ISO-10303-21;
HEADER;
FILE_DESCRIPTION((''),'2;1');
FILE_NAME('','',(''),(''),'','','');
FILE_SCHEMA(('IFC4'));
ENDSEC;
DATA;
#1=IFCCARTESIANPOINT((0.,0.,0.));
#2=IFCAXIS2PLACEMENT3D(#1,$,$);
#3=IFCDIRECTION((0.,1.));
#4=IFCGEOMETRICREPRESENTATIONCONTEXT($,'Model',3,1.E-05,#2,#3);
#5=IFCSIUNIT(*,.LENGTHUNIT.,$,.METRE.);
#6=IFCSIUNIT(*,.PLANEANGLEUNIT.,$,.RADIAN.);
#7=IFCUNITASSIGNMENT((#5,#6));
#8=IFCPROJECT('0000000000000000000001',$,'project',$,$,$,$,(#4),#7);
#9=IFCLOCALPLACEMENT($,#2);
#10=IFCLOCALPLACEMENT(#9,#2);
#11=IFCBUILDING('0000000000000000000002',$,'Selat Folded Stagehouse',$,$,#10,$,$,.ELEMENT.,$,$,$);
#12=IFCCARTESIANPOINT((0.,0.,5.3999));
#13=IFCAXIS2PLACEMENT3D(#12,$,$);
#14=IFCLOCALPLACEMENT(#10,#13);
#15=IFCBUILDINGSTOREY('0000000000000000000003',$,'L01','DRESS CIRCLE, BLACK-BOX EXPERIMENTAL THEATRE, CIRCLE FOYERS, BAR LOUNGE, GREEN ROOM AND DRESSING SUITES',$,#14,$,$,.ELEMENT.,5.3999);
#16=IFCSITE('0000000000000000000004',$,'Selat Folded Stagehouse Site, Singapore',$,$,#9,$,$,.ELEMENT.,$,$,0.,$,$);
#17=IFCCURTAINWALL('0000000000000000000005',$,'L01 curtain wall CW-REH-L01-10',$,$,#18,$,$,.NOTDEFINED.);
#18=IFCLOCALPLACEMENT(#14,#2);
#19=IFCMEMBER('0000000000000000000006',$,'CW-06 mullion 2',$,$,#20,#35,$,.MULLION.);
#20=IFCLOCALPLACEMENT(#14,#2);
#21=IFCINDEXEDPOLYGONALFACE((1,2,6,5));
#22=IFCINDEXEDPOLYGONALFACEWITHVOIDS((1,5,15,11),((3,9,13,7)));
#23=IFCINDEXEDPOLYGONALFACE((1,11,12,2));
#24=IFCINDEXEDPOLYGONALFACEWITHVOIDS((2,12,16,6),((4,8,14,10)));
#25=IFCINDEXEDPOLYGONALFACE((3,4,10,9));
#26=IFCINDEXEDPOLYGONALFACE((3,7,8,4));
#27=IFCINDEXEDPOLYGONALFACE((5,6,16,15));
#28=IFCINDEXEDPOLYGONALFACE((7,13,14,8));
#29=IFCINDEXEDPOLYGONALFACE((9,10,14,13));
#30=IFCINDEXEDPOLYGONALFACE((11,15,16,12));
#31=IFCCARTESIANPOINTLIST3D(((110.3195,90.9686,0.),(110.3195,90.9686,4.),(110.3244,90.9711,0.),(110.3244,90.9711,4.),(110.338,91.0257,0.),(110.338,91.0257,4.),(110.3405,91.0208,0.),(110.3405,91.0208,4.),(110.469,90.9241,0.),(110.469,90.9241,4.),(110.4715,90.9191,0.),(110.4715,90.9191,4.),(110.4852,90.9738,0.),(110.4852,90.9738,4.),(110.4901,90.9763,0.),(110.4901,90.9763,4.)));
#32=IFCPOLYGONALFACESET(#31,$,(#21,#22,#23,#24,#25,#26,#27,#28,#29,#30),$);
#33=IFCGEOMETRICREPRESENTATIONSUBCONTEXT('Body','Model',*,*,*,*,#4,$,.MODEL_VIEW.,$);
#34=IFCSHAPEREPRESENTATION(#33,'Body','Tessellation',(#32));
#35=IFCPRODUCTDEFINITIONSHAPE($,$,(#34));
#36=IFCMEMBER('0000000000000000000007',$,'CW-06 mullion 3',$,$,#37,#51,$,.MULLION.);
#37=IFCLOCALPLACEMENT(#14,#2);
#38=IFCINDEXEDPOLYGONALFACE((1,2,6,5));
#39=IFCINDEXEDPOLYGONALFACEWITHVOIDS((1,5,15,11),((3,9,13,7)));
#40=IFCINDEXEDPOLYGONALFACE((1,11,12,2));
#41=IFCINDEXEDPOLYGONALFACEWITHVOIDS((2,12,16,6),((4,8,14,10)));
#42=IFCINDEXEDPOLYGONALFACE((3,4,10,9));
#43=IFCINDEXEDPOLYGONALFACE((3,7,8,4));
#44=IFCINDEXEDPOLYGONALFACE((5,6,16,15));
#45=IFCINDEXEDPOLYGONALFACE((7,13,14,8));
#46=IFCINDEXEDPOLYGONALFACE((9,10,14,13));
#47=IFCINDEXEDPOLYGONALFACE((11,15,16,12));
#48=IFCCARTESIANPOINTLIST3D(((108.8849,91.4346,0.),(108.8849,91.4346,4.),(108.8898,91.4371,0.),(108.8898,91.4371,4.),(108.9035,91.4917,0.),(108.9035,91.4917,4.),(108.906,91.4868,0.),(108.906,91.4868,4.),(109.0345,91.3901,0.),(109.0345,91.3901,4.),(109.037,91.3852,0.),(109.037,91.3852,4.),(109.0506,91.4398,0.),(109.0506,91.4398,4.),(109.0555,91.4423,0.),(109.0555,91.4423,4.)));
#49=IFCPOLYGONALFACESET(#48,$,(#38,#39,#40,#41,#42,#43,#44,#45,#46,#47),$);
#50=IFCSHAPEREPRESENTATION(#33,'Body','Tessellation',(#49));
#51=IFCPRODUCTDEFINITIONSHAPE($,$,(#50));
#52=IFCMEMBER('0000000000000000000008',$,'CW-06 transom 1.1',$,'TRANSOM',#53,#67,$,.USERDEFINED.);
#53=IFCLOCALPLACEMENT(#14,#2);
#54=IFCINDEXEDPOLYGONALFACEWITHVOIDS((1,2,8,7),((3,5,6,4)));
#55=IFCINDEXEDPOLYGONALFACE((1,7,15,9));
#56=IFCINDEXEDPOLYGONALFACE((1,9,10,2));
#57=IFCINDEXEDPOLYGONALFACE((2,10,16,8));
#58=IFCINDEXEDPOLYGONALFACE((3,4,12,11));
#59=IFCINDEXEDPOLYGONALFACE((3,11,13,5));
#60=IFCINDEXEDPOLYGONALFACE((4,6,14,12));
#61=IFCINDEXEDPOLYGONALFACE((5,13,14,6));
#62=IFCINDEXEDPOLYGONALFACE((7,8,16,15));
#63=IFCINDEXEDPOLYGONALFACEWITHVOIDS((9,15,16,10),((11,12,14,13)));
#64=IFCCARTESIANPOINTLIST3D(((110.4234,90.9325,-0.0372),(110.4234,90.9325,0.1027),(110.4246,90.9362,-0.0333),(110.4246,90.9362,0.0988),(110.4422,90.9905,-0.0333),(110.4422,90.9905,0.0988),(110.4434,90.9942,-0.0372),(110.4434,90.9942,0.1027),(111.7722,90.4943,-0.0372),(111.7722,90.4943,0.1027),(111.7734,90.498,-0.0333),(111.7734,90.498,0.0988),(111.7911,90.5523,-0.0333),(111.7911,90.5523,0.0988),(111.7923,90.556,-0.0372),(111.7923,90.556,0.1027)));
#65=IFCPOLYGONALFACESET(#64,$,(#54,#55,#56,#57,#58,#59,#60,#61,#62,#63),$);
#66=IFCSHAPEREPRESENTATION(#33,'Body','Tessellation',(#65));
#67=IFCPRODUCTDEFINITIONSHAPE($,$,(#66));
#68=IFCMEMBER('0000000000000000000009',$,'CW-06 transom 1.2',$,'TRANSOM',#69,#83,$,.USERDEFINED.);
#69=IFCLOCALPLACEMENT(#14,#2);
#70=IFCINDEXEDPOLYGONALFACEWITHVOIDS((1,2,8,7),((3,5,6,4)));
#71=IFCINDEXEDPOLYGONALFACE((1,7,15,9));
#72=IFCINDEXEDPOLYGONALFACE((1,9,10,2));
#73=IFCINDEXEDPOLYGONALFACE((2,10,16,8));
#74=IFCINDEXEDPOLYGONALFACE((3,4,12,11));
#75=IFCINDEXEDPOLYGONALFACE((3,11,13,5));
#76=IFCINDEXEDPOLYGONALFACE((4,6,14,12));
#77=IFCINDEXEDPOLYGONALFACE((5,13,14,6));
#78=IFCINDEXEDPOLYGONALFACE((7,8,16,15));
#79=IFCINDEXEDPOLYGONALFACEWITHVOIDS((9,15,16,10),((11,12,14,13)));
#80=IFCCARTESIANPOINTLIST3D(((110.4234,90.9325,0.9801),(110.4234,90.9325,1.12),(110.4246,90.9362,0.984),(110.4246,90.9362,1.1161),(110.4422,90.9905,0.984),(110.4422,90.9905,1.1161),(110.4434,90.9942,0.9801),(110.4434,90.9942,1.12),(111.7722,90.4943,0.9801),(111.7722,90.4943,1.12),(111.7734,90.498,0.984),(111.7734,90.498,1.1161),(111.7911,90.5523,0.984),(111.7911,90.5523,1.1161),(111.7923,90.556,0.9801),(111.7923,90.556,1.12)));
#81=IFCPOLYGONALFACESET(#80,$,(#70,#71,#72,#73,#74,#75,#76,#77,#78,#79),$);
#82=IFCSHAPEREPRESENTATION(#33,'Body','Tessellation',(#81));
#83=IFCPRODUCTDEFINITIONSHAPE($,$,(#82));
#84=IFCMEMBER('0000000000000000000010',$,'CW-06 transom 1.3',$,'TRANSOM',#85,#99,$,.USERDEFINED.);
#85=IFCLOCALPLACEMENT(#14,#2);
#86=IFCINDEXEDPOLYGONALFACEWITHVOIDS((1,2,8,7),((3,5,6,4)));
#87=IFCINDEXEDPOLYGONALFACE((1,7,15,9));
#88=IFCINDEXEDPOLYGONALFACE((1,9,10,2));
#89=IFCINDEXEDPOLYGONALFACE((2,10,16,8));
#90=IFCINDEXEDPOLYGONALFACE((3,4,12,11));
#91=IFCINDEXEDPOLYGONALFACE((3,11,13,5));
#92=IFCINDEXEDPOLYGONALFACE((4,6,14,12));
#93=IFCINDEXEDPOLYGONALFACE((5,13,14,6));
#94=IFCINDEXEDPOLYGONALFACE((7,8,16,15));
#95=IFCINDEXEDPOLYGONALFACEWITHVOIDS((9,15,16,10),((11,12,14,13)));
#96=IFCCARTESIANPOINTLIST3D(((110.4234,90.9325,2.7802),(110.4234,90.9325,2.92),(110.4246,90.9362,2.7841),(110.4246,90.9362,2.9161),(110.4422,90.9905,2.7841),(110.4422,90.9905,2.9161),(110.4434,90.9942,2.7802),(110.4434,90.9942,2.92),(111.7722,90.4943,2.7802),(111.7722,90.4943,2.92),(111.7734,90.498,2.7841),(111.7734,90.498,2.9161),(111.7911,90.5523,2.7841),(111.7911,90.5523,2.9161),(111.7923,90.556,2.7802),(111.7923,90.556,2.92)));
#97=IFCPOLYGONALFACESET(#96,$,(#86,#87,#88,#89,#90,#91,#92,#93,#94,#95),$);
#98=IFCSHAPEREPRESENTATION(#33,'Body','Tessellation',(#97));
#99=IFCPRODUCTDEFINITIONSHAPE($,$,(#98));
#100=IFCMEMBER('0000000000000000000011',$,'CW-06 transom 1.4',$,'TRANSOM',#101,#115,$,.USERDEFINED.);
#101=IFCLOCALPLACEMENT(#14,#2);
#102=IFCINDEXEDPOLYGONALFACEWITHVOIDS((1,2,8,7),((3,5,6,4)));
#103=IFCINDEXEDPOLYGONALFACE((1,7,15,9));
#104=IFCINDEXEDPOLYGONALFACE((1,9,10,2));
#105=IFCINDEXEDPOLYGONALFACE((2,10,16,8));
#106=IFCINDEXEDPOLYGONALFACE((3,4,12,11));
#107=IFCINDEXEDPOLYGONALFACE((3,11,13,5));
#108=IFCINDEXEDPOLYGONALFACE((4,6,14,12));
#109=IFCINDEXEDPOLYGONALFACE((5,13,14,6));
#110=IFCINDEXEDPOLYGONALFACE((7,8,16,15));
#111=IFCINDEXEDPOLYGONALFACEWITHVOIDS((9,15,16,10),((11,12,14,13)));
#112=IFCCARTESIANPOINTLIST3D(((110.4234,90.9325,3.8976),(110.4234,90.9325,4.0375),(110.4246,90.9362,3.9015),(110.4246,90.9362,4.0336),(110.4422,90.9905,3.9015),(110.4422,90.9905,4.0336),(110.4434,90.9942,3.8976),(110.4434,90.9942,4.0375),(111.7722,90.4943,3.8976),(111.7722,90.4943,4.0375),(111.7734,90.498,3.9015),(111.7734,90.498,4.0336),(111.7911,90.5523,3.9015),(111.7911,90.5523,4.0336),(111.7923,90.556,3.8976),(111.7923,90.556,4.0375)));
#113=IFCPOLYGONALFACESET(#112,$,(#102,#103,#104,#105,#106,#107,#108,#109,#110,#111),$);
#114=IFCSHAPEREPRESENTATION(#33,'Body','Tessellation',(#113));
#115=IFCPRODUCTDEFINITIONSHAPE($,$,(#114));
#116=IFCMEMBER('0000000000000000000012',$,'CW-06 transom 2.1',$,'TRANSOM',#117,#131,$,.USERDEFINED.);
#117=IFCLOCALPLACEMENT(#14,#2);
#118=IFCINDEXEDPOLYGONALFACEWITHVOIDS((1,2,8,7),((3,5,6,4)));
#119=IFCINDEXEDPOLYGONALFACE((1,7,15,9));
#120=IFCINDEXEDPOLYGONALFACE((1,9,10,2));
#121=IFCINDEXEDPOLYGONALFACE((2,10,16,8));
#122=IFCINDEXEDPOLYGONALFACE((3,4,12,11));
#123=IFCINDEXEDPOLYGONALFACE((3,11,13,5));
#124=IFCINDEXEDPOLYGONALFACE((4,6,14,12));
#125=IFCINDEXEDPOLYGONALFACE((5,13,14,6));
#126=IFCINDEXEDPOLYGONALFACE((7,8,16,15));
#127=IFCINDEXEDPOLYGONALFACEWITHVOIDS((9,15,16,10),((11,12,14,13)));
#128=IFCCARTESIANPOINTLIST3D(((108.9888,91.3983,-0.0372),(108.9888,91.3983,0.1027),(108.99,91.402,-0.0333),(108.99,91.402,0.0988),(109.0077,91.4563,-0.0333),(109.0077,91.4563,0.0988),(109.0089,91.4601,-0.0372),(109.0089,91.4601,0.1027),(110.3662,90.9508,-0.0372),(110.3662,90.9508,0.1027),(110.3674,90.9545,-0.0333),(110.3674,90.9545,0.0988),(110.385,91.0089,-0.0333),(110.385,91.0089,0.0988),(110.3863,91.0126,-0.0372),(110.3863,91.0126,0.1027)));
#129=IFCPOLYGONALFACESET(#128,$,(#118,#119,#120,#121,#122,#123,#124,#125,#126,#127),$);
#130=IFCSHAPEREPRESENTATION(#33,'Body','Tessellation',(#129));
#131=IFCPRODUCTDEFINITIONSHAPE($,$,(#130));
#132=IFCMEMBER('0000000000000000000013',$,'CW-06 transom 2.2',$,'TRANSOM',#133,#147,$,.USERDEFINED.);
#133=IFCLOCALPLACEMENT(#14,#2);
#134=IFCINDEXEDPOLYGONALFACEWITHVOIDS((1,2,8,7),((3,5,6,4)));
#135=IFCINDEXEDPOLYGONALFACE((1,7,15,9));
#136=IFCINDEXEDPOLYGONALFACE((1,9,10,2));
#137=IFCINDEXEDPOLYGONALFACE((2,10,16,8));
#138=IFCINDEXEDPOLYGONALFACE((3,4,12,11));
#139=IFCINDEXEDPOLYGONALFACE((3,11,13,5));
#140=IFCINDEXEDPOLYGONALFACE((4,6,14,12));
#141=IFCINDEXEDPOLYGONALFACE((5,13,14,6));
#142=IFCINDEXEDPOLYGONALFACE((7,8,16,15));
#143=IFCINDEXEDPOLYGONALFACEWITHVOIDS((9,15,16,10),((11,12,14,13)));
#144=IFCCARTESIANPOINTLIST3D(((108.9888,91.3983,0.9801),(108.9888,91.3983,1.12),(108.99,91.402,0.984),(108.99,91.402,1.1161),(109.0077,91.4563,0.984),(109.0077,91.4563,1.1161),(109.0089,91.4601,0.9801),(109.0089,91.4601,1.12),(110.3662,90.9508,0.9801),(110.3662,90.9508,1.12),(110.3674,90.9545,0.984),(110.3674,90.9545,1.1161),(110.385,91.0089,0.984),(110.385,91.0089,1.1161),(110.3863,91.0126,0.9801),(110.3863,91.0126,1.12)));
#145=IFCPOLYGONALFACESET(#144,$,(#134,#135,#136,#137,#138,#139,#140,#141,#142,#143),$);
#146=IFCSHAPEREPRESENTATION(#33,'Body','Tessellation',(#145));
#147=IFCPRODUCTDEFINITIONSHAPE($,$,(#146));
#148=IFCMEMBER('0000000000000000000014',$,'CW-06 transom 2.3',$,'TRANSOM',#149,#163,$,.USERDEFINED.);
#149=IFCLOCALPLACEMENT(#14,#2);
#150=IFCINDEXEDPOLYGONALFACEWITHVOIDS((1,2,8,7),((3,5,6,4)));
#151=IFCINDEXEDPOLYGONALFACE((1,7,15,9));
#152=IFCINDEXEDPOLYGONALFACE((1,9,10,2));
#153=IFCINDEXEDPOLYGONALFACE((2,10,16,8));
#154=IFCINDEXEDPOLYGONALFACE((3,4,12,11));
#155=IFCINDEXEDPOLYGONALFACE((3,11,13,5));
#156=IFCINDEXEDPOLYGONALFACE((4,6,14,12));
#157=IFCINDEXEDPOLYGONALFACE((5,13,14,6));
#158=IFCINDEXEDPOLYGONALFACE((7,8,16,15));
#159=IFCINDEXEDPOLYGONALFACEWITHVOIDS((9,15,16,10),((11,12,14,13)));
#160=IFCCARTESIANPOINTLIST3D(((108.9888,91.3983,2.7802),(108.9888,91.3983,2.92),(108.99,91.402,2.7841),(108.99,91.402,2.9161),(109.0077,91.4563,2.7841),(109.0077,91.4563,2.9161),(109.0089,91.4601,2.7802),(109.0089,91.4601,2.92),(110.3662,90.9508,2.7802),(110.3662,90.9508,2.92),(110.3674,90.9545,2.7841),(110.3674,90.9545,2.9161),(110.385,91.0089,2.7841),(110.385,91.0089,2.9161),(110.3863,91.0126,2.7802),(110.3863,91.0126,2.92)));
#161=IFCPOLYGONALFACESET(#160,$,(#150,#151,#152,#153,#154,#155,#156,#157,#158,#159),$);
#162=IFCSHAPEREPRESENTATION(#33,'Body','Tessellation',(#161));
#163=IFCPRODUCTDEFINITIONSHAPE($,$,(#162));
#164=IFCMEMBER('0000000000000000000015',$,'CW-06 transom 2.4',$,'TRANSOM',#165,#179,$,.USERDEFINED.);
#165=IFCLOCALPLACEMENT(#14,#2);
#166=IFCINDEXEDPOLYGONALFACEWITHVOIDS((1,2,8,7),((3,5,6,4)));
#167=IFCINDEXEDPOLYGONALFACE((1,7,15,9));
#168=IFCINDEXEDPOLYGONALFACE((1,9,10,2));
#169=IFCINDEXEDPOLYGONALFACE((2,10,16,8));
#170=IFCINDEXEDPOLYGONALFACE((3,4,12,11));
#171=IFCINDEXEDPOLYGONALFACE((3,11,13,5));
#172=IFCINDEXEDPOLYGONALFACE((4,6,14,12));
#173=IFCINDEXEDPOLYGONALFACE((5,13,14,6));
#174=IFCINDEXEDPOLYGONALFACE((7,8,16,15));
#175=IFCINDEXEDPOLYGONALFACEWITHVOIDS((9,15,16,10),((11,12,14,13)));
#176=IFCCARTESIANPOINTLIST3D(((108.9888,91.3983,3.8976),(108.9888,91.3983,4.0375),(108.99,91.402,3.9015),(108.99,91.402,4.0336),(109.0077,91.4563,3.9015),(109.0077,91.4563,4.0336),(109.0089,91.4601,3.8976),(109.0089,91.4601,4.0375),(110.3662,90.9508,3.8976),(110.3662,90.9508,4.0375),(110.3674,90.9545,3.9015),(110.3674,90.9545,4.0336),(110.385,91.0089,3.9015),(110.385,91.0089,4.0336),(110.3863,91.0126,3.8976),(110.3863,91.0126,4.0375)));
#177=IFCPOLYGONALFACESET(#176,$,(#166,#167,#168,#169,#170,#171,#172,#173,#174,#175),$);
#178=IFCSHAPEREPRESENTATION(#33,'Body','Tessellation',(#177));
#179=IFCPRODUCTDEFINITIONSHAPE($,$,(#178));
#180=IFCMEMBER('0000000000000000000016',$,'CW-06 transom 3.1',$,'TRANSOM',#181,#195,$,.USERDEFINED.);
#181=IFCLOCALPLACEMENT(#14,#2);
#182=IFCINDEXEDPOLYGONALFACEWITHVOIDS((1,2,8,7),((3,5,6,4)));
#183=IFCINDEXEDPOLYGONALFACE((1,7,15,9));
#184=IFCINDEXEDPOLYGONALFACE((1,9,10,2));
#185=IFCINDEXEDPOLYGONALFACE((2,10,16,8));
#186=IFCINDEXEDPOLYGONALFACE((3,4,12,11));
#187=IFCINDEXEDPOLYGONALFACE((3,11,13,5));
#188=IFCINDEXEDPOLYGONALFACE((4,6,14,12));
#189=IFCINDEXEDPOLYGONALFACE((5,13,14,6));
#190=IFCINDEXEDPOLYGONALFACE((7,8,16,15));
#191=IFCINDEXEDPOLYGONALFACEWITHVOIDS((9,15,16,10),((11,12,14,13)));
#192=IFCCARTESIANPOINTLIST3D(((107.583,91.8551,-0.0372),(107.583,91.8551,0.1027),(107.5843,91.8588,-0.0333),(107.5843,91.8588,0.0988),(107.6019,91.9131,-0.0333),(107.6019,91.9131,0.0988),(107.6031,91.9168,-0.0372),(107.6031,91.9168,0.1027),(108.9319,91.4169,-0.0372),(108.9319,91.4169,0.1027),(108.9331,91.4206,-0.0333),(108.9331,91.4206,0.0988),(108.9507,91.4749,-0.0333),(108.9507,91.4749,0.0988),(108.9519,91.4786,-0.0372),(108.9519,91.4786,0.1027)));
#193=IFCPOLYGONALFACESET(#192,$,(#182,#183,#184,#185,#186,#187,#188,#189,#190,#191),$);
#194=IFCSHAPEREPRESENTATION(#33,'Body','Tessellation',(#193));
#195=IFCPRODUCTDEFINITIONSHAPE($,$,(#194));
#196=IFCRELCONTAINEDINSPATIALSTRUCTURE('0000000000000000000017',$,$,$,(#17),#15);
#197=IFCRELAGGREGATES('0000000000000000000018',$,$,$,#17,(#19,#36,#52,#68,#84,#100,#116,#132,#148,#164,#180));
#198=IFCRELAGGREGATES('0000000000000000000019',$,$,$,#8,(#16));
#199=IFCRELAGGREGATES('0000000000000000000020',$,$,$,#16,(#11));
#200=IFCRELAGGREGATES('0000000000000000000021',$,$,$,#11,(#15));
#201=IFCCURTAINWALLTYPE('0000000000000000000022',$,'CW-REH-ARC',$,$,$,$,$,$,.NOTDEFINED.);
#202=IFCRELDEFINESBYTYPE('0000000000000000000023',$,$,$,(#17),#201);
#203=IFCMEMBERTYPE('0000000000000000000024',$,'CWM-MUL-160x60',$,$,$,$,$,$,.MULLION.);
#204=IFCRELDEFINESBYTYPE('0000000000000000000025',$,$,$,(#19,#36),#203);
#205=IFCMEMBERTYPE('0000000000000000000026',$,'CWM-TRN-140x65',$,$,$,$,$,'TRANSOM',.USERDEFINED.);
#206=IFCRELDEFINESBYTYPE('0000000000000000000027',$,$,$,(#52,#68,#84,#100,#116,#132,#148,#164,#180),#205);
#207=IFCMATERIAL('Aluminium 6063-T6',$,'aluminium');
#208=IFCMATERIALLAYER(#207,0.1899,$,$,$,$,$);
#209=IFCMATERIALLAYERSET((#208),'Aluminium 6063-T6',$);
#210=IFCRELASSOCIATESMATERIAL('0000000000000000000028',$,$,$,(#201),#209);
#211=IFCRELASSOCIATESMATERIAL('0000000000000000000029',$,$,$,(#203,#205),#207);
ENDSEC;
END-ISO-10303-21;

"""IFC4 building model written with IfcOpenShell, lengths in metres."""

from ifc_helpers import new_model, si_unit, direction, frame, origin, origin_2d, place, context, subcontext, project, spatial, hollow_rectangle, extrude, material, layer, layer_set, material_profile, profile_set, type_object, element, aggregate, save


model = new_model("IFC4")

# Units and contexts
model_context = context("Model", 3, precision=1e-05, world=origin(), true_north=direction((0.0, 1.0)))
body_context = subcontext(model_context, "Body", "Model", "MODEL_VIEW")
ifc_project = project(units=[si_unit("LENGTHUNIT", "METRE"), si_unit("PLANEANGLEUNIT", "RADIAN")], contexts=[model_context])

# Site, building, storey
site_placement = place(None, origin())
site = spatial("IfcSite", under=ifc_project, at=site_placement, Name="Selat Folded Stagehouse Site, Singapore", CompositionType="ELEMENT", RefElevation=0.0)
building_placement = place(site_placement, origin())
building = spatial("IfcBuilding", under=site, at=building_placement, Name="Selat Folded Stagehouse", CompositionType="ELEMENT")
storey_placement = place(building_placement, frame((0.0, 0.0, 5.3999)))
storey = spatial("IfcBuildingStorey", under=building, at=storey_placement, Name="L01", Description="DRESS CIRCLE, BLACK-BOX EXPERIMENTAL THEATRE, CIRCLE FOYERS, BAR LOUNGE, GREEN ROOM AND DRESSING SUITES", CompositionType="ELEMENT", Elevation=5.3999)

# Curtain wall, members
ifc_material_1 = material(Name="Aluminium 6063-T6", Category="aluminium")
ifc_layer_1 = layer(ifc_material_1, 0.1899)
ifc_layer_set_1 = layer_set([ifc_layer_1], Name="Aluminium 6063-T6")
curtain_wall_type = type_object("IfcCurtainWallType", Name="CW-REH-ARC", PredefinedType="NOTDEFINED", material=ifc_layer_set_1)
curtain_wall_placement = place(storey_placement, origin())
curtain_wall = element("IfcCurtainWall", 1, at=curtain_wall_placement, inside=storey, type_object=curtain_wall_type, Name="L01 curtain wall CW-REH-L01-10", PredefinedType="NOTDEFINED")
ifc_material_profile_1 = material_profile(ifc_material_1, hollow_rectangle(XDim=0.0601, YDim=0.1599, WallThickness=0.0039, at=origin_2d()), Name="ALU 160x60x4.0")
ifc_profile_set_1 = profile_set([ifc_material_profile_1], Name="Aluminium 6063-T6")
member_type_1 = type_object("IfcMemberType", Name="CWM-MUL-160x60", PredefinedType="MULLION", material=ifc_profile_set_1)
member_1_placement = place(storey_placement, frame((110.4048, 90.9724, 0.0), z_axis=(0.0, 0.0, 1.0), x_axis=(-0.308992, -0.951065, 0.0)))
member_1 = element("IfcMember", 2, at=member_1_placement, type_object=member_type_1, Name="CW-06 mullion 2", PredefinedType="MULLION", context=body_context, shape_type="SweptSolid", body=[
    extrude(hollow_rectangle(XDim=0.0601, YDim=0.1599, WallThickness=0.0039, at=origin_2d()), origin(), (0.0, 0.0, 1.0), 4.0),
])
member_2_placement = place(storey_placement, frame((108.9702, 91.4385, 0.0), z_axis=(0.0, 0.0, 1.0), x_axis=(-0.308992, -0.951065, 0.0)))
member_2 = element("IfcMember", 3, at=member_2_placement, type_object=member_type_1, Name="CW-06 mullion 3", PredefinedType="MULLION", context=body_context, shape_type="SweptSolid", body=[
    extrude(hollow_rectangle(XDim=0.0601, YDim=0.1599, WallThickness=0.0039, at=origin_2d()), origin(), (0.0, 0.0, 1.0), 4.0),
])
ifc_material_profile_2 = material_profile(ifc_material_1, hollow_rectangle(XDim=0.0649, YDim=0.1399, WallThickness=0.0039, at=origin_2d()), Name="ALU 140x65x4.0")
ifc_profile_set_2 = profile_set([ifc_material_profile_2], Name="Aluminium 6063-T6")
member_type_2 = type_object("IfcMemberType", Name="CWM-TRN-140x65", ElementType="TRANSOM", PredefinedType="USERDEFINED", material=ifc_profile_set_2)
member_3_placement = place(storey_placement, frame((111.7822, 90.5251, 0.0327), z_axis=(-0.951066, 0.308989, 0.0), x_axis=(-0.308989, -0.951066, 0.0)))
member_3 = element("IfcMember", 4, at=member_3_placement, type_object=member_type_2, Name="CW-06 transom 1.1", ObjectType="TRANSOM", PredefinedType="USERDEFINED", context=body_context, shape_type="SweptSolid", body=[
    extrude(hollow_rectangle(XDim=0.0649, YDim=0.1399, WallThickness=0.0039, at=origin_2d()), origin(), (0.0, 0.0, 1.0), 1.4182),
])
member_4_placement = place(storey_placement, frame((111.7822, 90.5251, 1.05), z_axis=(-0.951066, 0.308989, 0.0), x_axis=(-0.308989, -0.951066, 0.0)))
member_4 = element("IfcMember", 5, at=member_4_placement, type_object=member_type_2, Name="CW-06 transom 1.2", ObjectType="TRANSOM", PredefinedType="USERDEFINED", context=body_context, shape_type="SweptSolid", body=[
    extrude(hollow_rectangle(XDim=0.0649, YDim=0.1399, WallThickness=0.0039, at=origin_2d()), origin(), (0.0, 0.0, 1.0), 1.4182),
])
member_5_placement = place(storey_placement, frame((111.7822, 90.5251, 2.8501), z_axis=(-0.951066, 0.308989, 0.0), x_axis=(-0.308989, -0.951066, 0.0)))
member_5 = element("IfcMember", 6, at=member_5_placement, type_object=member_type_2, Name="CW-06 transom 1.3", ObjectType="TRANSOM", PredefinedType="USERDEFINED", context=body_context, shape_type="SweptSolid", body=[
    extrude(hollow_rectangle(XDim=0.0649, YDim=0.1399, WallThickness=0.0039, at=origin_2d()), origin(), (0.0, 0.0, 1.0), 1.4182),
])
member_6_placement = place(storey_placement, frame((111.7822, 90.5251, 3.9675), z_axis=(-0.951066, 0.308989, 0.0), x_axis=(-0.308989, -0.951066, 0.0)))
member_6 = element("IfcMember", 7, at=member_6_placement, type_object=member_type_2, Name="CW-06 transom 1.4", ObjectType="TRANSOM", PredefinedType="USERDEFINED", context=body_context, shape_type="SweptSolid", body=[
    extrude(hollow_rectangle(XDim=0.0649, YDim=0.1399, WallThickness=0.0039, at=origin_2d()), origin(), (0.0, 0.0, 1.0), 1.4182),
])
member_7_placement = place(storey_placement, frame((110.3762, 90.9817, 0.0327), z_axis=(-0.951066, 0.308987, 0.0), x_axis=(-0.308987, -0.951066, 0.0)))
member_7 = element("IfcMember", 8, at=member_7_placement, type_object=member_type_2, Name="CW-06 transom 2.1", ObjectType="TRANSOM", PredefinedType="USERDEFINED", context=body_context, shape_type="SweptSolid", body=[
    extrude(hollow_rectangle(XDim=0.0649, YDim=0.1399, WallThickness=0.0039, at=origin_2d()), origin(), (0.0, 0.0, 1.0), 1.4482),
])
member_8_placement = place(storey_placement, frame((110.3762, 90.9817, 1.05), z_axis=(-0.951066, 0.308987, 0.0), x_axis=(-0.308987, -0.951066, 0.0)))
member_8 = element("IfcMember", 9, at=member_8_placement, type_object=member_type_2, Name="CW-06 transom 2.2", ObjectType="TRANSOM", PredefinedType="USERDEFINED", context=body_context, shape_type="SweptSolid", body=[
    extrude(hollow_rectangle(XDim=0.0649, YDim=0.1399, WallThickness=0.0039, at=origin_2d()), origin(), (0.0, 0.0, 1.0), 1.4482),
])
member_9_placement = place(storey_placement, frame((110.3762, 90.9817, 2.8501), z_axis=(-0.951066, 0.308987, 0.0), x_axis=(-0.308987, -0.951066, 0.0)))
member_9 = element("IfcMember", 10, at=member_9_placement, type_object=member_type_2, Name="CW-06 transom 2.3", ObjectType="TRANSOM", PredefinedType="USERDEFINED", context=body_context, shape_type="SweptSolid", body=[
    extrude(hollow_rectangle(XDim=0.0649, YDim=0.1399, WallThickness=0.0039, at=origin_2d()), origin(), (0.0, 0.0, 1.0), 1.4482),
])
member_10_placement = place(storey_placement, frame((110.3762, 90.9817, 3.9675), z_axis=(-0.951066, 0.308987, 0.0), x_axis=(-0.308987, -0.951066, 0.0)))
member_10 = element("IfcMember", 11, at=member_10_placement, type_object=member_type_2, Name="CW-06 transom 2.4", ObjectType="TRANSOM", PredefinedType="USERDEFINED", context=body_context, shape_type="SweptSolid", body=[
    extrude(hollow_rectangle(XDim=0.0649, YDim=0.1399, WallThickness=0.0039, at=origin_2d()), origin(), (0.0, 0.0, 1.0), 1.4482),
])
member_11_placement = place(storey_placement, frame((108.9419, 91.4478, 0.0327), z_axis=(-0.951066, 0.308989, 0.0), x_axis=(-0.308989, -0.951066, 0.0)))
member_11 = element("IfcMember", 12, at=member_11_placement, type_object=member_type_2, Name="CW-06 transom 3.1", ObjectType="TRANSOM", PredefinedType="USERDEFINED", context=body_context, shape_type="SweptSolid", body=[
    extrude(hollow_rectangle(XDim=0.0649, YDim=0.1399, WallThickness=0.0039, at=origin_2d()), origin(), (0.0, 0.0, 1.0), 1.4182),
])
aggregate(curtain_wall, [member_1, member_2, member_3, member_4, member_5, member_6, member_7, member_8, member_9, member_10, member_11])

save(model, "model.ifc")
